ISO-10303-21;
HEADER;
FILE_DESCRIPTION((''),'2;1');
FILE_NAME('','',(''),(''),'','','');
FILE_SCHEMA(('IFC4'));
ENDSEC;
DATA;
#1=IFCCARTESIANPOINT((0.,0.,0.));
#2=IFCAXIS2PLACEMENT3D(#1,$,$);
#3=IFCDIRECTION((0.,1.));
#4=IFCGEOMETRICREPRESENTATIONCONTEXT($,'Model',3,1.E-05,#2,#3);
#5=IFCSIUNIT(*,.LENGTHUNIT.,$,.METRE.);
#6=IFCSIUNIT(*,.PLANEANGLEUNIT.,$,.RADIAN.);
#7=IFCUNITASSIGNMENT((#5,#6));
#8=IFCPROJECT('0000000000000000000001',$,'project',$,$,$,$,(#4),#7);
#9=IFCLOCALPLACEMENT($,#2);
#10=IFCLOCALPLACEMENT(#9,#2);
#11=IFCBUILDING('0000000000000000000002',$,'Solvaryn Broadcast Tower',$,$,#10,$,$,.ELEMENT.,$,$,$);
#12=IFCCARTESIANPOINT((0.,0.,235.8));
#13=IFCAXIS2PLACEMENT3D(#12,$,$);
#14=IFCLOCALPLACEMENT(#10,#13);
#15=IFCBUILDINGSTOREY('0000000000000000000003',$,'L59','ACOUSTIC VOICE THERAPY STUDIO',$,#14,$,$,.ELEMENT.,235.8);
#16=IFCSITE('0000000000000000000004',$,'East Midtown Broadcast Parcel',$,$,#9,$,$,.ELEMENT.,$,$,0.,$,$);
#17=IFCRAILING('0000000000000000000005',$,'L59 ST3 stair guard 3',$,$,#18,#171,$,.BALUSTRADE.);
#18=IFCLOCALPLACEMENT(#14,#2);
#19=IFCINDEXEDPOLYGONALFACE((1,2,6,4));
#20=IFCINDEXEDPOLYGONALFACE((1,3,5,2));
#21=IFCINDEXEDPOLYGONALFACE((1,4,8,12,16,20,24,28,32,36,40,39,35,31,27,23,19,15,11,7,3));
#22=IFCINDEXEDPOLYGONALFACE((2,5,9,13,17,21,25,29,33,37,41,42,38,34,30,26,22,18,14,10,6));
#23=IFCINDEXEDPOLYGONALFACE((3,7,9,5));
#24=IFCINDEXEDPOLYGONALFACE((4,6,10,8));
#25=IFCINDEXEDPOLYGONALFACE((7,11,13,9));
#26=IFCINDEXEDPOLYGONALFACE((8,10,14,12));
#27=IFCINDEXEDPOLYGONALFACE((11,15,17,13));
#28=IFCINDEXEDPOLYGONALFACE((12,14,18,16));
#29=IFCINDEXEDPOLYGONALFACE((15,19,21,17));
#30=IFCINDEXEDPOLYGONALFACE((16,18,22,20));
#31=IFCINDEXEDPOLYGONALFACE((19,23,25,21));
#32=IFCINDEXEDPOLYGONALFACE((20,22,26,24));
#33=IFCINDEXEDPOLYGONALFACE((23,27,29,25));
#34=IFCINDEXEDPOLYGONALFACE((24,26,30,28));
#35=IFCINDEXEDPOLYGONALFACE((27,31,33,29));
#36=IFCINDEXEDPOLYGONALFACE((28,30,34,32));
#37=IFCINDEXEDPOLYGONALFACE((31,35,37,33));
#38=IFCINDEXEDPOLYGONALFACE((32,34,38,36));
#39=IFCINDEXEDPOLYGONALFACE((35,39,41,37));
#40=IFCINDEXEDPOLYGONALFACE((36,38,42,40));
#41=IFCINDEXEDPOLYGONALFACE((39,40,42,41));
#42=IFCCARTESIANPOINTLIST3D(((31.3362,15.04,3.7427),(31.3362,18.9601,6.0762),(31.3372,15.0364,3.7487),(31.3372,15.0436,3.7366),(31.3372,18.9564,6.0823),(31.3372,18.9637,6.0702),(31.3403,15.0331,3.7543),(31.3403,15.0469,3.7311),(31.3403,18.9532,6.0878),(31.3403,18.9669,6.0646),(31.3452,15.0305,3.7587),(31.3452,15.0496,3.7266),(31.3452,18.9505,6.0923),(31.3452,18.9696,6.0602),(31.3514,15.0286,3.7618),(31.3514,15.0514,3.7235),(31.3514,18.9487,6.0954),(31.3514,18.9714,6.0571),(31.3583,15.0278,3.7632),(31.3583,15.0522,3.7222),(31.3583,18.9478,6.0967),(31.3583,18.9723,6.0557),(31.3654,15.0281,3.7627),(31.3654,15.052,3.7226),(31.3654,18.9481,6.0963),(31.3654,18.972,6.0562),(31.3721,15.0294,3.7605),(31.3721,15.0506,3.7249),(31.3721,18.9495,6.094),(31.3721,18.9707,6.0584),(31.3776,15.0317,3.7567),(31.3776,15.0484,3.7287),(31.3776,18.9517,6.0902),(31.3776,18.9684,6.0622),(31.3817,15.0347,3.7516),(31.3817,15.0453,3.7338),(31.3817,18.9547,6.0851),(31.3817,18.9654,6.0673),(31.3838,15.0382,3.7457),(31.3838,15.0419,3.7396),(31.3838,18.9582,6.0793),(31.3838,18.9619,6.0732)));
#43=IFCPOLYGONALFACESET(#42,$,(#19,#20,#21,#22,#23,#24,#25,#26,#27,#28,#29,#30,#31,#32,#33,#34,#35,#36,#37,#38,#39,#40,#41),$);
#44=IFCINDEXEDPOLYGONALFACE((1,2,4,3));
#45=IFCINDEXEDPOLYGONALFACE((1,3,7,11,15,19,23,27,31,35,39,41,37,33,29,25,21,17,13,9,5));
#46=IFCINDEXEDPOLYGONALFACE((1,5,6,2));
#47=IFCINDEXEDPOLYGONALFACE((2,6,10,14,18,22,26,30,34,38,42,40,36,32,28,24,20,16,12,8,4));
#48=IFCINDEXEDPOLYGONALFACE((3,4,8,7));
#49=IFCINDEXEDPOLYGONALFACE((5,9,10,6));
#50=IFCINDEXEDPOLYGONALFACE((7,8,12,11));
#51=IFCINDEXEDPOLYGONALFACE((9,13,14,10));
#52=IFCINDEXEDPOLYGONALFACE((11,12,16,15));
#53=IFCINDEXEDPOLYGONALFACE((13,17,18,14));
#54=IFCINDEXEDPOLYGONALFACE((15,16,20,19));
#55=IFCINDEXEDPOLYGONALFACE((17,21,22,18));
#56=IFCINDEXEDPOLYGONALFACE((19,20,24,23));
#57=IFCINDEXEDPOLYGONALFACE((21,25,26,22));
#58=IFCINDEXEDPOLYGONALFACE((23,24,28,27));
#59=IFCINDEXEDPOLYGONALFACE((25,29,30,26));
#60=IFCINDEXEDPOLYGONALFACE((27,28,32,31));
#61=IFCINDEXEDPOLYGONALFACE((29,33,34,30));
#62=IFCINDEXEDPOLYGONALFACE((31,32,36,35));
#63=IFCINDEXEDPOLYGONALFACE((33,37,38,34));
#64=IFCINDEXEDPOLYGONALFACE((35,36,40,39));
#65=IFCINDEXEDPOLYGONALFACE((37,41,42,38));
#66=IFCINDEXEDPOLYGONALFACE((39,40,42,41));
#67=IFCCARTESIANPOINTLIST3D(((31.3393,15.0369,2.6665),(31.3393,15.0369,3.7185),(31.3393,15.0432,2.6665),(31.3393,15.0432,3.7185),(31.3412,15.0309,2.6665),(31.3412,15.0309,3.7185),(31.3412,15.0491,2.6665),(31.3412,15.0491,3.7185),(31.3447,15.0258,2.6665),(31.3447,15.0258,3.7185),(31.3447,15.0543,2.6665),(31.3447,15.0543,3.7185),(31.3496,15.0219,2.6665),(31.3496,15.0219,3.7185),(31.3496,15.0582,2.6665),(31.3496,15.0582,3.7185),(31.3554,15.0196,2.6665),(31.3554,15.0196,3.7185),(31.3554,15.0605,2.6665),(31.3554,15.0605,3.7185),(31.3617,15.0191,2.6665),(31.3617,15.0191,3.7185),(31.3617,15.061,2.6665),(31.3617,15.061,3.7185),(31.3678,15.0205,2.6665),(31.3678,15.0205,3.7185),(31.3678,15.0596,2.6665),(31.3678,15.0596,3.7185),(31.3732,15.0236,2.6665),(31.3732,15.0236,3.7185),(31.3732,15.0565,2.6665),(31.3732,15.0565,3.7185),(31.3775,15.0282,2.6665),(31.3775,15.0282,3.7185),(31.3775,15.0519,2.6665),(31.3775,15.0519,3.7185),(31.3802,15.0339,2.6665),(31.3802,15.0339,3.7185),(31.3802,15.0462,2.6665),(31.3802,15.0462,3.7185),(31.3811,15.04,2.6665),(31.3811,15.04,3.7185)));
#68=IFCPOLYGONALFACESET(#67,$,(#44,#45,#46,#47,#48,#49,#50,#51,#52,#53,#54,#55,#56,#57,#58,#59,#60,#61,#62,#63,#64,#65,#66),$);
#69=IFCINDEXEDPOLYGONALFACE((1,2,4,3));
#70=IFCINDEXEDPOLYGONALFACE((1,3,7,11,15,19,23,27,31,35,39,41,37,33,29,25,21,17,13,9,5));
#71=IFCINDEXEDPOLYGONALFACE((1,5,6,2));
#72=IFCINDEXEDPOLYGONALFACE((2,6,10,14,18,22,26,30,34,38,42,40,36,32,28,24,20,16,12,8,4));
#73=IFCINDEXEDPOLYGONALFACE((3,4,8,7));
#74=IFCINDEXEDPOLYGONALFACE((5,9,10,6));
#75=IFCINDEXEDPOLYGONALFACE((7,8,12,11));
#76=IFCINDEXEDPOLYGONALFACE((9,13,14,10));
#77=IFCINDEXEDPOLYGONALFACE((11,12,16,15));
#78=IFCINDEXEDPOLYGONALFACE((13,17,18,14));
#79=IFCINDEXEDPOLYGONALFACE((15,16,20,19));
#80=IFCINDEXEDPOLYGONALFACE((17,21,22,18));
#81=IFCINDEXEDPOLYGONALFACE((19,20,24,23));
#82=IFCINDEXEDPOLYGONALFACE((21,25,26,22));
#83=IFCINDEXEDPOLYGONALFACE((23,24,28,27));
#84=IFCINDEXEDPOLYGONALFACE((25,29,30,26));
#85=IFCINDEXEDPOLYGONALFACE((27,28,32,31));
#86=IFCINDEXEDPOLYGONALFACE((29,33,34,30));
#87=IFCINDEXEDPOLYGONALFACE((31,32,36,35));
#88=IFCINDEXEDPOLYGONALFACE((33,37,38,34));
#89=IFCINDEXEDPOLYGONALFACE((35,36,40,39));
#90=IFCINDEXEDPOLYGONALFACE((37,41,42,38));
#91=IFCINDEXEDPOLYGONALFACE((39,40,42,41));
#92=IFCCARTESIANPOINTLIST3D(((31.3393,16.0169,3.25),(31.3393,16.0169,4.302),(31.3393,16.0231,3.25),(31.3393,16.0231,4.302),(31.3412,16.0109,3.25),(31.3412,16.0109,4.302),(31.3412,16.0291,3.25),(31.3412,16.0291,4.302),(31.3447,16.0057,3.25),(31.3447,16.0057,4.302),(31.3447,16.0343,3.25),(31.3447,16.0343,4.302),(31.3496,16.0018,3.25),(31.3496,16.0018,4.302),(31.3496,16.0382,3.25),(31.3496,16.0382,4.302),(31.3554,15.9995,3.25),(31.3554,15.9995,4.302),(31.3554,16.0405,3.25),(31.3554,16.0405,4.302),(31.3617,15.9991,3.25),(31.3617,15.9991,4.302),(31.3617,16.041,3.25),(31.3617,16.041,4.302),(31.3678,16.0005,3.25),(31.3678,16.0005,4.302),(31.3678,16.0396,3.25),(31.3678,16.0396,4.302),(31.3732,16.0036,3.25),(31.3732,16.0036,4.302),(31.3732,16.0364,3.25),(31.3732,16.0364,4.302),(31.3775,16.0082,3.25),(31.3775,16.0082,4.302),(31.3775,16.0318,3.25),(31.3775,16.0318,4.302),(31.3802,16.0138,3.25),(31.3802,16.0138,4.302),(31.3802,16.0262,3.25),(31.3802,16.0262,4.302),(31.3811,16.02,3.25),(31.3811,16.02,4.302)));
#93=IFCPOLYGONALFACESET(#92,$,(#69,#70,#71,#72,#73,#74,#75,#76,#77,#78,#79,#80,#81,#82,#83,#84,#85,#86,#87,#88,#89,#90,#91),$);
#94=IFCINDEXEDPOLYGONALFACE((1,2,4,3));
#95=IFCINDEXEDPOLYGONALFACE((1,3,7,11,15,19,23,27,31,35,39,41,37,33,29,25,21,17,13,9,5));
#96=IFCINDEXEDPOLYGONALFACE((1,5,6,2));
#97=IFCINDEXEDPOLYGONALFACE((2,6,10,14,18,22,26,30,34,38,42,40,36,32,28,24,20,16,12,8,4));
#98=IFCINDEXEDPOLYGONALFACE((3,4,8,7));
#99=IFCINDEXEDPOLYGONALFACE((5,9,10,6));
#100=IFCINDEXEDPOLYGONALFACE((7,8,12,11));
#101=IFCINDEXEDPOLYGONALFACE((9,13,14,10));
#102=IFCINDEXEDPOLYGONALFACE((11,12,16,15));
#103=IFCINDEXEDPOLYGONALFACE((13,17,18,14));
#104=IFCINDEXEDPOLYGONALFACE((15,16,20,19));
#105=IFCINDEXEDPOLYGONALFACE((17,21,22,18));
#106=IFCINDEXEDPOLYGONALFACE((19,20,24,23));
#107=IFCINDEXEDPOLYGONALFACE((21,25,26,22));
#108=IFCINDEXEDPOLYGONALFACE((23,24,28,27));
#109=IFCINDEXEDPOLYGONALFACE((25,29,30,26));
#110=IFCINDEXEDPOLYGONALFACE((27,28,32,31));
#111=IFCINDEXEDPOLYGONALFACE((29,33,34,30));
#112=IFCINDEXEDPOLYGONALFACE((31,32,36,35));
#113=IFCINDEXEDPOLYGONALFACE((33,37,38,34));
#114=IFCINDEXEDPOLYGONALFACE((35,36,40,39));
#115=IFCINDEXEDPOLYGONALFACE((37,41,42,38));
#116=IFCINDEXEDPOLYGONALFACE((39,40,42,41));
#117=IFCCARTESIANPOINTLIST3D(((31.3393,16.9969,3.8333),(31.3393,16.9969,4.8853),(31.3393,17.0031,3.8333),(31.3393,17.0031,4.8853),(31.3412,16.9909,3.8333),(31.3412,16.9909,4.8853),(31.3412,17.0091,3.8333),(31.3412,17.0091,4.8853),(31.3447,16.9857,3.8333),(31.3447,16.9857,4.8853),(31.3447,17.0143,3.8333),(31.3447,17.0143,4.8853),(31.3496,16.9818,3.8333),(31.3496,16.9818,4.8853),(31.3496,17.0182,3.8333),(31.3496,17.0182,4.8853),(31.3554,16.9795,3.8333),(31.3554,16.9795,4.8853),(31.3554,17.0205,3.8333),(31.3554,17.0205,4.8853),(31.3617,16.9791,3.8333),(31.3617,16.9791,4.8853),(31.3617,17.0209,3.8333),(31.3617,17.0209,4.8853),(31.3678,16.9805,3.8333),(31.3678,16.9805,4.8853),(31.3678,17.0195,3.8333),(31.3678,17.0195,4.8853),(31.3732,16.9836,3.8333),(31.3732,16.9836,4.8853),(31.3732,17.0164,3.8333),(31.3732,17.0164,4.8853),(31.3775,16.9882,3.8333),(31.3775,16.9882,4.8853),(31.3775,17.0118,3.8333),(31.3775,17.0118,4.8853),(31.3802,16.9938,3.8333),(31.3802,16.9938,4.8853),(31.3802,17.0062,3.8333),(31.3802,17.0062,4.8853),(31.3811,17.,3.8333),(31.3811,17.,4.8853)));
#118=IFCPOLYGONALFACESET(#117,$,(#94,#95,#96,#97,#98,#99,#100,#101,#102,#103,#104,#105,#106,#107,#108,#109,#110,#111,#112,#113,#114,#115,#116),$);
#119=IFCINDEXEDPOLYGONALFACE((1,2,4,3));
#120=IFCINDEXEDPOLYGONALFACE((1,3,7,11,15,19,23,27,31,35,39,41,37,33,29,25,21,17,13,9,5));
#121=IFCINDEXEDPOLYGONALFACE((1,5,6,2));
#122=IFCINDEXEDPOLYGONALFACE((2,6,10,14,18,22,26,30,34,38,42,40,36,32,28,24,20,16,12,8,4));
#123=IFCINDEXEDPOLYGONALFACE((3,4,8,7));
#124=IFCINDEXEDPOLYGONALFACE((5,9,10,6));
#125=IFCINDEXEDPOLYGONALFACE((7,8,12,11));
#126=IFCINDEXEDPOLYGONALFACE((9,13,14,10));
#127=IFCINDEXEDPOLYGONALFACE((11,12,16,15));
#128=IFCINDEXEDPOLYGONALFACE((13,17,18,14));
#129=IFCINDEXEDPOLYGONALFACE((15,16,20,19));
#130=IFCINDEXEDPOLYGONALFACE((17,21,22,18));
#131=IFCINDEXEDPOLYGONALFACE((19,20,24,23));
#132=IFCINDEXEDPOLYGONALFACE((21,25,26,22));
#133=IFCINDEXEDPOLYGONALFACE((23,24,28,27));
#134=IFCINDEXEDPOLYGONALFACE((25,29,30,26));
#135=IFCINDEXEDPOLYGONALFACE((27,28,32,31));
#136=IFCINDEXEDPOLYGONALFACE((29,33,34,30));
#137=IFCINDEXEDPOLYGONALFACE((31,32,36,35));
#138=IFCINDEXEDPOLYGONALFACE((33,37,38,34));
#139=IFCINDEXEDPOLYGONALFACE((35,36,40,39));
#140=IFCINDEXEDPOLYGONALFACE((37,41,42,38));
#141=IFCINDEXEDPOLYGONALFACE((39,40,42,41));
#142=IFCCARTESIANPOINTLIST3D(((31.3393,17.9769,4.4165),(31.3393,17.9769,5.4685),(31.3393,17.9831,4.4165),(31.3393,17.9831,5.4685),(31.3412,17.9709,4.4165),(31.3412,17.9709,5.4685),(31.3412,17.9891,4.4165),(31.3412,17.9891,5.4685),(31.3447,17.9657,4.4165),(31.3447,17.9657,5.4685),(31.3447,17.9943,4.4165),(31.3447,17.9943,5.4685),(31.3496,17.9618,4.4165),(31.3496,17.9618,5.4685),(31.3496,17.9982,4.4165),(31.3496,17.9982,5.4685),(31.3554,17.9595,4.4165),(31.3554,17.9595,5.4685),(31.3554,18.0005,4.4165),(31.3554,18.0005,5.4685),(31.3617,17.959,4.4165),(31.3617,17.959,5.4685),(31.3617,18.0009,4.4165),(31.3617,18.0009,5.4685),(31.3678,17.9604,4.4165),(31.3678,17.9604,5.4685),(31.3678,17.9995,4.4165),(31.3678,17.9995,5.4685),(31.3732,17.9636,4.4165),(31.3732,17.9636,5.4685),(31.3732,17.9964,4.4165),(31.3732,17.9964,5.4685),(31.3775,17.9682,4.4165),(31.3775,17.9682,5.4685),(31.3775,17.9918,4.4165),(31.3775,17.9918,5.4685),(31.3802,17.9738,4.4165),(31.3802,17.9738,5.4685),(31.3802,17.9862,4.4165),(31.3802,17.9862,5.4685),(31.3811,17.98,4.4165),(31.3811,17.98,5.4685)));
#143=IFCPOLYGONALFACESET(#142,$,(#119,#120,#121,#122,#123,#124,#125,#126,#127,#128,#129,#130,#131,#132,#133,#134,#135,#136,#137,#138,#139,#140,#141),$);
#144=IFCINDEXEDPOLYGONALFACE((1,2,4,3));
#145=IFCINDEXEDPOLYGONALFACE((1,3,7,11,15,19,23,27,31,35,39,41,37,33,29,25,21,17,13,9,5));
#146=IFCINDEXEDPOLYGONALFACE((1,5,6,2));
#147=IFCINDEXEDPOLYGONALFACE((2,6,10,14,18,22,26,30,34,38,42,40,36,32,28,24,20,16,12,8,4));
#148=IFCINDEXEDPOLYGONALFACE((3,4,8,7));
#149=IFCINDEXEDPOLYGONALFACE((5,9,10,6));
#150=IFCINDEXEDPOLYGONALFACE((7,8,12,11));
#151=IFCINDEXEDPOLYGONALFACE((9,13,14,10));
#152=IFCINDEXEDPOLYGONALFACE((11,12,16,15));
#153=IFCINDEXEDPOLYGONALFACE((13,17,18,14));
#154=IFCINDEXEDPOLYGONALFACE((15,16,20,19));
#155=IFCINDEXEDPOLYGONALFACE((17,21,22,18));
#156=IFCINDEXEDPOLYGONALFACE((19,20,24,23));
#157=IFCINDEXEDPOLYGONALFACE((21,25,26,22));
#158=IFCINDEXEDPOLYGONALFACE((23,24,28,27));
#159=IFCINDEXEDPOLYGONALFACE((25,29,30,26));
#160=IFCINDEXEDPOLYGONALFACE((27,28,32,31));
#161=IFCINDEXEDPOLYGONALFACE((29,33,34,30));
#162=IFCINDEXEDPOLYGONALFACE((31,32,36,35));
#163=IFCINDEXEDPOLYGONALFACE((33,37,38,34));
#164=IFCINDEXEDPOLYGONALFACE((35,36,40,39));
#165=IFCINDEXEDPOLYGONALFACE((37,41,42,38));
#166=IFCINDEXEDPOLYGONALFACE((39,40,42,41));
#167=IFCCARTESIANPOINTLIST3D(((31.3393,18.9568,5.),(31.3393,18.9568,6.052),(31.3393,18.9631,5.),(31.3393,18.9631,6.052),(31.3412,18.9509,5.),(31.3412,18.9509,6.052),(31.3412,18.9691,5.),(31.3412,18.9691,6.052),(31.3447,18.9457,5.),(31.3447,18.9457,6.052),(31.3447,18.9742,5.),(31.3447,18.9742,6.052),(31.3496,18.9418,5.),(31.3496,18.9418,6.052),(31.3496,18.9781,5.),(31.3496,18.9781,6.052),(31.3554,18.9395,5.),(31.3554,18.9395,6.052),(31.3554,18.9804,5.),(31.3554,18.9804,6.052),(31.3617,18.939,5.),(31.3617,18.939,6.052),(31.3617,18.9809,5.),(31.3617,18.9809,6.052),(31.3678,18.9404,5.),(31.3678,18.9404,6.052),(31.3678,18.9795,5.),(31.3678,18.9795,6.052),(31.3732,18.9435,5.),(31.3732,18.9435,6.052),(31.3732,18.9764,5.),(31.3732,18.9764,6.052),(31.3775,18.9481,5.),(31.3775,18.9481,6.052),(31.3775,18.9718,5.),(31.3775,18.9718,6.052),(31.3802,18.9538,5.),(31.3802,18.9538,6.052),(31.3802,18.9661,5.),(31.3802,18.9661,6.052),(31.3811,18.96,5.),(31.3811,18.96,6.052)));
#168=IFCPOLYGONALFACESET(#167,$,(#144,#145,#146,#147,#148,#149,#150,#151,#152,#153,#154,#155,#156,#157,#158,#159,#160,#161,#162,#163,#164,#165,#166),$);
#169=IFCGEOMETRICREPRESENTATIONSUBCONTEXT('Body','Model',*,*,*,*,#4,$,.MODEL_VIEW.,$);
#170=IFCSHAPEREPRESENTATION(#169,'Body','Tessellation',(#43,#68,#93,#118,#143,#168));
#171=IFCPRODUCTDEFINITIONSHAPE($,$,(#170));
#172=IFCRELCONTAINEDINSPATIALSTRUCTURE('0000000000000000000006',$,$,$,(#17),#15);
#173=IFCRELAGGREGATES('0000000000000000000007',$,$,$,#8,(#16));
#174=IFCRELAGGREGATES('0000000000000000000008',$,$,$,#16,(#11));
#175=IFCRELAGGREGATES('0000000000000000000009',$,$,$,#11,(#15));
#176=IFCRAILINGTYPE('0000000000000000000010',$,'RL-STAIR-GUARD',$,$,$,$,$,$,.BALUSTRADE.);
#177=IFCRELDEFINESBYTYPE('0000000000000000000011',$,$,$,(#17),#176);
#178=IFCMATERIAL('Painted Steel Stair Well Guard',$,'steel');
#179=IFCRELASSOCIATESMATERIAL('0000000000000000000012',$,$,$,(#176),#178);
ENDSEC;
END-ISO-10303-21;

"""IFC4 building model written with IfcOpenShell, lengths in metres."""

from ifc_helpers import new_model, si_unit, direction, frame, origin, origin_2d, place, context, subcontext, project, spatial, circle, extrude, material, type_object, element, save


model = new_model("IFC4")

# Units and contexts
model_context = context("Model", 3, precision=1e-05, world=origin(), true_north=direction((0.0, 1.0)))
body_context = subcontext(model_context, "Body", "Model", "MODEL_VIEW")
ifc_project = project(units=[si_unit("LENGTHUNIT", "METRE"), si_unit("PLANEANGLEUNIT", "RADIAN")], contexts=[model_context])

# Site, building, storey
site_placement = place(None, origin())
site = spatial("IfcSite", under=ifc_project, at=site_placement, Name="East Midtown Broadcast Parcel", CompositionType="ELEMENT", RefElevation=0.0)
building_placement = place(site_placement, origin())
building = spatial("IfcBuilding", under=site, at=building_placement, Name="Solvaryn Broadcast Tower", CompositionType="ELEMENT")
storey_placement = place(building_placement, frame((0.0, 0.0, 235.8)))
storey = spatial("IfcBuildingStorey", under=building, at=storey_placement, Name="L59", Description="ACOUSTIC VOICE THERAPY STUDIO", CompositionType="ELEMENT", Elevation=235.8)

# Railing
ifc_material_1 = material(Name="Painted Steel Stair Well Guard", Category="steel")
railing_type_1 = type_object("IfcRailingType", Name="RL-STAIR-GUARD", PredefinedType="BALUSTRADE", material=ifc_material_1)
railing_1_placement = place(storey_placement, frame((31.3601, 15.04, 2.6665)))
element("IfcRailing", 1, at=railing_1_placement, inside=storey, type_object=railing_type_1, Name="L59 ST3 stair guard 3", PredefinedType="BALUSTRADE", context=body_context, shape_type="SweptSolid", body=[
    extrude(circle(Radius=0.0239, at=origin_2d()), frame((0.0, 0.0, 1.0762), z_axis=(0.0, 0.859273, 0.511518), x_axis=(-1.0, 0.0, 0.0)), (0.0, 0.0, 1.0), 4.562),
    extrude(circle(Radius=0.021, at=origin_2d()), origin(), (0.0, 0.0, 1.0), 1.052),
    extrude(circle(Radius=0.021, at=origin_2d()), frame((0.0, 0.98, 0.5835)), (0.0, 0.0, 1.0), 1.052),
    extrude(circle(Radius=0.021, at=origin_2d()), frame((0.0, 1.96, 1.1667)), (0.0, 0.0, 1.0), 1.052),
    extrude(circle(Radius=0.021, at=origin_2d()), frame((0.0, 2.9399, 1.75)), (0.0, 0.0, 1.0), 1.052),
    extrude(circle(Radius=0.021, at=origin_2d()), frame((0.0, 3.9199, 2.3335)), (0.0, 0.0, 1.0), 1.052),
])

save(model, "model.ifc")
